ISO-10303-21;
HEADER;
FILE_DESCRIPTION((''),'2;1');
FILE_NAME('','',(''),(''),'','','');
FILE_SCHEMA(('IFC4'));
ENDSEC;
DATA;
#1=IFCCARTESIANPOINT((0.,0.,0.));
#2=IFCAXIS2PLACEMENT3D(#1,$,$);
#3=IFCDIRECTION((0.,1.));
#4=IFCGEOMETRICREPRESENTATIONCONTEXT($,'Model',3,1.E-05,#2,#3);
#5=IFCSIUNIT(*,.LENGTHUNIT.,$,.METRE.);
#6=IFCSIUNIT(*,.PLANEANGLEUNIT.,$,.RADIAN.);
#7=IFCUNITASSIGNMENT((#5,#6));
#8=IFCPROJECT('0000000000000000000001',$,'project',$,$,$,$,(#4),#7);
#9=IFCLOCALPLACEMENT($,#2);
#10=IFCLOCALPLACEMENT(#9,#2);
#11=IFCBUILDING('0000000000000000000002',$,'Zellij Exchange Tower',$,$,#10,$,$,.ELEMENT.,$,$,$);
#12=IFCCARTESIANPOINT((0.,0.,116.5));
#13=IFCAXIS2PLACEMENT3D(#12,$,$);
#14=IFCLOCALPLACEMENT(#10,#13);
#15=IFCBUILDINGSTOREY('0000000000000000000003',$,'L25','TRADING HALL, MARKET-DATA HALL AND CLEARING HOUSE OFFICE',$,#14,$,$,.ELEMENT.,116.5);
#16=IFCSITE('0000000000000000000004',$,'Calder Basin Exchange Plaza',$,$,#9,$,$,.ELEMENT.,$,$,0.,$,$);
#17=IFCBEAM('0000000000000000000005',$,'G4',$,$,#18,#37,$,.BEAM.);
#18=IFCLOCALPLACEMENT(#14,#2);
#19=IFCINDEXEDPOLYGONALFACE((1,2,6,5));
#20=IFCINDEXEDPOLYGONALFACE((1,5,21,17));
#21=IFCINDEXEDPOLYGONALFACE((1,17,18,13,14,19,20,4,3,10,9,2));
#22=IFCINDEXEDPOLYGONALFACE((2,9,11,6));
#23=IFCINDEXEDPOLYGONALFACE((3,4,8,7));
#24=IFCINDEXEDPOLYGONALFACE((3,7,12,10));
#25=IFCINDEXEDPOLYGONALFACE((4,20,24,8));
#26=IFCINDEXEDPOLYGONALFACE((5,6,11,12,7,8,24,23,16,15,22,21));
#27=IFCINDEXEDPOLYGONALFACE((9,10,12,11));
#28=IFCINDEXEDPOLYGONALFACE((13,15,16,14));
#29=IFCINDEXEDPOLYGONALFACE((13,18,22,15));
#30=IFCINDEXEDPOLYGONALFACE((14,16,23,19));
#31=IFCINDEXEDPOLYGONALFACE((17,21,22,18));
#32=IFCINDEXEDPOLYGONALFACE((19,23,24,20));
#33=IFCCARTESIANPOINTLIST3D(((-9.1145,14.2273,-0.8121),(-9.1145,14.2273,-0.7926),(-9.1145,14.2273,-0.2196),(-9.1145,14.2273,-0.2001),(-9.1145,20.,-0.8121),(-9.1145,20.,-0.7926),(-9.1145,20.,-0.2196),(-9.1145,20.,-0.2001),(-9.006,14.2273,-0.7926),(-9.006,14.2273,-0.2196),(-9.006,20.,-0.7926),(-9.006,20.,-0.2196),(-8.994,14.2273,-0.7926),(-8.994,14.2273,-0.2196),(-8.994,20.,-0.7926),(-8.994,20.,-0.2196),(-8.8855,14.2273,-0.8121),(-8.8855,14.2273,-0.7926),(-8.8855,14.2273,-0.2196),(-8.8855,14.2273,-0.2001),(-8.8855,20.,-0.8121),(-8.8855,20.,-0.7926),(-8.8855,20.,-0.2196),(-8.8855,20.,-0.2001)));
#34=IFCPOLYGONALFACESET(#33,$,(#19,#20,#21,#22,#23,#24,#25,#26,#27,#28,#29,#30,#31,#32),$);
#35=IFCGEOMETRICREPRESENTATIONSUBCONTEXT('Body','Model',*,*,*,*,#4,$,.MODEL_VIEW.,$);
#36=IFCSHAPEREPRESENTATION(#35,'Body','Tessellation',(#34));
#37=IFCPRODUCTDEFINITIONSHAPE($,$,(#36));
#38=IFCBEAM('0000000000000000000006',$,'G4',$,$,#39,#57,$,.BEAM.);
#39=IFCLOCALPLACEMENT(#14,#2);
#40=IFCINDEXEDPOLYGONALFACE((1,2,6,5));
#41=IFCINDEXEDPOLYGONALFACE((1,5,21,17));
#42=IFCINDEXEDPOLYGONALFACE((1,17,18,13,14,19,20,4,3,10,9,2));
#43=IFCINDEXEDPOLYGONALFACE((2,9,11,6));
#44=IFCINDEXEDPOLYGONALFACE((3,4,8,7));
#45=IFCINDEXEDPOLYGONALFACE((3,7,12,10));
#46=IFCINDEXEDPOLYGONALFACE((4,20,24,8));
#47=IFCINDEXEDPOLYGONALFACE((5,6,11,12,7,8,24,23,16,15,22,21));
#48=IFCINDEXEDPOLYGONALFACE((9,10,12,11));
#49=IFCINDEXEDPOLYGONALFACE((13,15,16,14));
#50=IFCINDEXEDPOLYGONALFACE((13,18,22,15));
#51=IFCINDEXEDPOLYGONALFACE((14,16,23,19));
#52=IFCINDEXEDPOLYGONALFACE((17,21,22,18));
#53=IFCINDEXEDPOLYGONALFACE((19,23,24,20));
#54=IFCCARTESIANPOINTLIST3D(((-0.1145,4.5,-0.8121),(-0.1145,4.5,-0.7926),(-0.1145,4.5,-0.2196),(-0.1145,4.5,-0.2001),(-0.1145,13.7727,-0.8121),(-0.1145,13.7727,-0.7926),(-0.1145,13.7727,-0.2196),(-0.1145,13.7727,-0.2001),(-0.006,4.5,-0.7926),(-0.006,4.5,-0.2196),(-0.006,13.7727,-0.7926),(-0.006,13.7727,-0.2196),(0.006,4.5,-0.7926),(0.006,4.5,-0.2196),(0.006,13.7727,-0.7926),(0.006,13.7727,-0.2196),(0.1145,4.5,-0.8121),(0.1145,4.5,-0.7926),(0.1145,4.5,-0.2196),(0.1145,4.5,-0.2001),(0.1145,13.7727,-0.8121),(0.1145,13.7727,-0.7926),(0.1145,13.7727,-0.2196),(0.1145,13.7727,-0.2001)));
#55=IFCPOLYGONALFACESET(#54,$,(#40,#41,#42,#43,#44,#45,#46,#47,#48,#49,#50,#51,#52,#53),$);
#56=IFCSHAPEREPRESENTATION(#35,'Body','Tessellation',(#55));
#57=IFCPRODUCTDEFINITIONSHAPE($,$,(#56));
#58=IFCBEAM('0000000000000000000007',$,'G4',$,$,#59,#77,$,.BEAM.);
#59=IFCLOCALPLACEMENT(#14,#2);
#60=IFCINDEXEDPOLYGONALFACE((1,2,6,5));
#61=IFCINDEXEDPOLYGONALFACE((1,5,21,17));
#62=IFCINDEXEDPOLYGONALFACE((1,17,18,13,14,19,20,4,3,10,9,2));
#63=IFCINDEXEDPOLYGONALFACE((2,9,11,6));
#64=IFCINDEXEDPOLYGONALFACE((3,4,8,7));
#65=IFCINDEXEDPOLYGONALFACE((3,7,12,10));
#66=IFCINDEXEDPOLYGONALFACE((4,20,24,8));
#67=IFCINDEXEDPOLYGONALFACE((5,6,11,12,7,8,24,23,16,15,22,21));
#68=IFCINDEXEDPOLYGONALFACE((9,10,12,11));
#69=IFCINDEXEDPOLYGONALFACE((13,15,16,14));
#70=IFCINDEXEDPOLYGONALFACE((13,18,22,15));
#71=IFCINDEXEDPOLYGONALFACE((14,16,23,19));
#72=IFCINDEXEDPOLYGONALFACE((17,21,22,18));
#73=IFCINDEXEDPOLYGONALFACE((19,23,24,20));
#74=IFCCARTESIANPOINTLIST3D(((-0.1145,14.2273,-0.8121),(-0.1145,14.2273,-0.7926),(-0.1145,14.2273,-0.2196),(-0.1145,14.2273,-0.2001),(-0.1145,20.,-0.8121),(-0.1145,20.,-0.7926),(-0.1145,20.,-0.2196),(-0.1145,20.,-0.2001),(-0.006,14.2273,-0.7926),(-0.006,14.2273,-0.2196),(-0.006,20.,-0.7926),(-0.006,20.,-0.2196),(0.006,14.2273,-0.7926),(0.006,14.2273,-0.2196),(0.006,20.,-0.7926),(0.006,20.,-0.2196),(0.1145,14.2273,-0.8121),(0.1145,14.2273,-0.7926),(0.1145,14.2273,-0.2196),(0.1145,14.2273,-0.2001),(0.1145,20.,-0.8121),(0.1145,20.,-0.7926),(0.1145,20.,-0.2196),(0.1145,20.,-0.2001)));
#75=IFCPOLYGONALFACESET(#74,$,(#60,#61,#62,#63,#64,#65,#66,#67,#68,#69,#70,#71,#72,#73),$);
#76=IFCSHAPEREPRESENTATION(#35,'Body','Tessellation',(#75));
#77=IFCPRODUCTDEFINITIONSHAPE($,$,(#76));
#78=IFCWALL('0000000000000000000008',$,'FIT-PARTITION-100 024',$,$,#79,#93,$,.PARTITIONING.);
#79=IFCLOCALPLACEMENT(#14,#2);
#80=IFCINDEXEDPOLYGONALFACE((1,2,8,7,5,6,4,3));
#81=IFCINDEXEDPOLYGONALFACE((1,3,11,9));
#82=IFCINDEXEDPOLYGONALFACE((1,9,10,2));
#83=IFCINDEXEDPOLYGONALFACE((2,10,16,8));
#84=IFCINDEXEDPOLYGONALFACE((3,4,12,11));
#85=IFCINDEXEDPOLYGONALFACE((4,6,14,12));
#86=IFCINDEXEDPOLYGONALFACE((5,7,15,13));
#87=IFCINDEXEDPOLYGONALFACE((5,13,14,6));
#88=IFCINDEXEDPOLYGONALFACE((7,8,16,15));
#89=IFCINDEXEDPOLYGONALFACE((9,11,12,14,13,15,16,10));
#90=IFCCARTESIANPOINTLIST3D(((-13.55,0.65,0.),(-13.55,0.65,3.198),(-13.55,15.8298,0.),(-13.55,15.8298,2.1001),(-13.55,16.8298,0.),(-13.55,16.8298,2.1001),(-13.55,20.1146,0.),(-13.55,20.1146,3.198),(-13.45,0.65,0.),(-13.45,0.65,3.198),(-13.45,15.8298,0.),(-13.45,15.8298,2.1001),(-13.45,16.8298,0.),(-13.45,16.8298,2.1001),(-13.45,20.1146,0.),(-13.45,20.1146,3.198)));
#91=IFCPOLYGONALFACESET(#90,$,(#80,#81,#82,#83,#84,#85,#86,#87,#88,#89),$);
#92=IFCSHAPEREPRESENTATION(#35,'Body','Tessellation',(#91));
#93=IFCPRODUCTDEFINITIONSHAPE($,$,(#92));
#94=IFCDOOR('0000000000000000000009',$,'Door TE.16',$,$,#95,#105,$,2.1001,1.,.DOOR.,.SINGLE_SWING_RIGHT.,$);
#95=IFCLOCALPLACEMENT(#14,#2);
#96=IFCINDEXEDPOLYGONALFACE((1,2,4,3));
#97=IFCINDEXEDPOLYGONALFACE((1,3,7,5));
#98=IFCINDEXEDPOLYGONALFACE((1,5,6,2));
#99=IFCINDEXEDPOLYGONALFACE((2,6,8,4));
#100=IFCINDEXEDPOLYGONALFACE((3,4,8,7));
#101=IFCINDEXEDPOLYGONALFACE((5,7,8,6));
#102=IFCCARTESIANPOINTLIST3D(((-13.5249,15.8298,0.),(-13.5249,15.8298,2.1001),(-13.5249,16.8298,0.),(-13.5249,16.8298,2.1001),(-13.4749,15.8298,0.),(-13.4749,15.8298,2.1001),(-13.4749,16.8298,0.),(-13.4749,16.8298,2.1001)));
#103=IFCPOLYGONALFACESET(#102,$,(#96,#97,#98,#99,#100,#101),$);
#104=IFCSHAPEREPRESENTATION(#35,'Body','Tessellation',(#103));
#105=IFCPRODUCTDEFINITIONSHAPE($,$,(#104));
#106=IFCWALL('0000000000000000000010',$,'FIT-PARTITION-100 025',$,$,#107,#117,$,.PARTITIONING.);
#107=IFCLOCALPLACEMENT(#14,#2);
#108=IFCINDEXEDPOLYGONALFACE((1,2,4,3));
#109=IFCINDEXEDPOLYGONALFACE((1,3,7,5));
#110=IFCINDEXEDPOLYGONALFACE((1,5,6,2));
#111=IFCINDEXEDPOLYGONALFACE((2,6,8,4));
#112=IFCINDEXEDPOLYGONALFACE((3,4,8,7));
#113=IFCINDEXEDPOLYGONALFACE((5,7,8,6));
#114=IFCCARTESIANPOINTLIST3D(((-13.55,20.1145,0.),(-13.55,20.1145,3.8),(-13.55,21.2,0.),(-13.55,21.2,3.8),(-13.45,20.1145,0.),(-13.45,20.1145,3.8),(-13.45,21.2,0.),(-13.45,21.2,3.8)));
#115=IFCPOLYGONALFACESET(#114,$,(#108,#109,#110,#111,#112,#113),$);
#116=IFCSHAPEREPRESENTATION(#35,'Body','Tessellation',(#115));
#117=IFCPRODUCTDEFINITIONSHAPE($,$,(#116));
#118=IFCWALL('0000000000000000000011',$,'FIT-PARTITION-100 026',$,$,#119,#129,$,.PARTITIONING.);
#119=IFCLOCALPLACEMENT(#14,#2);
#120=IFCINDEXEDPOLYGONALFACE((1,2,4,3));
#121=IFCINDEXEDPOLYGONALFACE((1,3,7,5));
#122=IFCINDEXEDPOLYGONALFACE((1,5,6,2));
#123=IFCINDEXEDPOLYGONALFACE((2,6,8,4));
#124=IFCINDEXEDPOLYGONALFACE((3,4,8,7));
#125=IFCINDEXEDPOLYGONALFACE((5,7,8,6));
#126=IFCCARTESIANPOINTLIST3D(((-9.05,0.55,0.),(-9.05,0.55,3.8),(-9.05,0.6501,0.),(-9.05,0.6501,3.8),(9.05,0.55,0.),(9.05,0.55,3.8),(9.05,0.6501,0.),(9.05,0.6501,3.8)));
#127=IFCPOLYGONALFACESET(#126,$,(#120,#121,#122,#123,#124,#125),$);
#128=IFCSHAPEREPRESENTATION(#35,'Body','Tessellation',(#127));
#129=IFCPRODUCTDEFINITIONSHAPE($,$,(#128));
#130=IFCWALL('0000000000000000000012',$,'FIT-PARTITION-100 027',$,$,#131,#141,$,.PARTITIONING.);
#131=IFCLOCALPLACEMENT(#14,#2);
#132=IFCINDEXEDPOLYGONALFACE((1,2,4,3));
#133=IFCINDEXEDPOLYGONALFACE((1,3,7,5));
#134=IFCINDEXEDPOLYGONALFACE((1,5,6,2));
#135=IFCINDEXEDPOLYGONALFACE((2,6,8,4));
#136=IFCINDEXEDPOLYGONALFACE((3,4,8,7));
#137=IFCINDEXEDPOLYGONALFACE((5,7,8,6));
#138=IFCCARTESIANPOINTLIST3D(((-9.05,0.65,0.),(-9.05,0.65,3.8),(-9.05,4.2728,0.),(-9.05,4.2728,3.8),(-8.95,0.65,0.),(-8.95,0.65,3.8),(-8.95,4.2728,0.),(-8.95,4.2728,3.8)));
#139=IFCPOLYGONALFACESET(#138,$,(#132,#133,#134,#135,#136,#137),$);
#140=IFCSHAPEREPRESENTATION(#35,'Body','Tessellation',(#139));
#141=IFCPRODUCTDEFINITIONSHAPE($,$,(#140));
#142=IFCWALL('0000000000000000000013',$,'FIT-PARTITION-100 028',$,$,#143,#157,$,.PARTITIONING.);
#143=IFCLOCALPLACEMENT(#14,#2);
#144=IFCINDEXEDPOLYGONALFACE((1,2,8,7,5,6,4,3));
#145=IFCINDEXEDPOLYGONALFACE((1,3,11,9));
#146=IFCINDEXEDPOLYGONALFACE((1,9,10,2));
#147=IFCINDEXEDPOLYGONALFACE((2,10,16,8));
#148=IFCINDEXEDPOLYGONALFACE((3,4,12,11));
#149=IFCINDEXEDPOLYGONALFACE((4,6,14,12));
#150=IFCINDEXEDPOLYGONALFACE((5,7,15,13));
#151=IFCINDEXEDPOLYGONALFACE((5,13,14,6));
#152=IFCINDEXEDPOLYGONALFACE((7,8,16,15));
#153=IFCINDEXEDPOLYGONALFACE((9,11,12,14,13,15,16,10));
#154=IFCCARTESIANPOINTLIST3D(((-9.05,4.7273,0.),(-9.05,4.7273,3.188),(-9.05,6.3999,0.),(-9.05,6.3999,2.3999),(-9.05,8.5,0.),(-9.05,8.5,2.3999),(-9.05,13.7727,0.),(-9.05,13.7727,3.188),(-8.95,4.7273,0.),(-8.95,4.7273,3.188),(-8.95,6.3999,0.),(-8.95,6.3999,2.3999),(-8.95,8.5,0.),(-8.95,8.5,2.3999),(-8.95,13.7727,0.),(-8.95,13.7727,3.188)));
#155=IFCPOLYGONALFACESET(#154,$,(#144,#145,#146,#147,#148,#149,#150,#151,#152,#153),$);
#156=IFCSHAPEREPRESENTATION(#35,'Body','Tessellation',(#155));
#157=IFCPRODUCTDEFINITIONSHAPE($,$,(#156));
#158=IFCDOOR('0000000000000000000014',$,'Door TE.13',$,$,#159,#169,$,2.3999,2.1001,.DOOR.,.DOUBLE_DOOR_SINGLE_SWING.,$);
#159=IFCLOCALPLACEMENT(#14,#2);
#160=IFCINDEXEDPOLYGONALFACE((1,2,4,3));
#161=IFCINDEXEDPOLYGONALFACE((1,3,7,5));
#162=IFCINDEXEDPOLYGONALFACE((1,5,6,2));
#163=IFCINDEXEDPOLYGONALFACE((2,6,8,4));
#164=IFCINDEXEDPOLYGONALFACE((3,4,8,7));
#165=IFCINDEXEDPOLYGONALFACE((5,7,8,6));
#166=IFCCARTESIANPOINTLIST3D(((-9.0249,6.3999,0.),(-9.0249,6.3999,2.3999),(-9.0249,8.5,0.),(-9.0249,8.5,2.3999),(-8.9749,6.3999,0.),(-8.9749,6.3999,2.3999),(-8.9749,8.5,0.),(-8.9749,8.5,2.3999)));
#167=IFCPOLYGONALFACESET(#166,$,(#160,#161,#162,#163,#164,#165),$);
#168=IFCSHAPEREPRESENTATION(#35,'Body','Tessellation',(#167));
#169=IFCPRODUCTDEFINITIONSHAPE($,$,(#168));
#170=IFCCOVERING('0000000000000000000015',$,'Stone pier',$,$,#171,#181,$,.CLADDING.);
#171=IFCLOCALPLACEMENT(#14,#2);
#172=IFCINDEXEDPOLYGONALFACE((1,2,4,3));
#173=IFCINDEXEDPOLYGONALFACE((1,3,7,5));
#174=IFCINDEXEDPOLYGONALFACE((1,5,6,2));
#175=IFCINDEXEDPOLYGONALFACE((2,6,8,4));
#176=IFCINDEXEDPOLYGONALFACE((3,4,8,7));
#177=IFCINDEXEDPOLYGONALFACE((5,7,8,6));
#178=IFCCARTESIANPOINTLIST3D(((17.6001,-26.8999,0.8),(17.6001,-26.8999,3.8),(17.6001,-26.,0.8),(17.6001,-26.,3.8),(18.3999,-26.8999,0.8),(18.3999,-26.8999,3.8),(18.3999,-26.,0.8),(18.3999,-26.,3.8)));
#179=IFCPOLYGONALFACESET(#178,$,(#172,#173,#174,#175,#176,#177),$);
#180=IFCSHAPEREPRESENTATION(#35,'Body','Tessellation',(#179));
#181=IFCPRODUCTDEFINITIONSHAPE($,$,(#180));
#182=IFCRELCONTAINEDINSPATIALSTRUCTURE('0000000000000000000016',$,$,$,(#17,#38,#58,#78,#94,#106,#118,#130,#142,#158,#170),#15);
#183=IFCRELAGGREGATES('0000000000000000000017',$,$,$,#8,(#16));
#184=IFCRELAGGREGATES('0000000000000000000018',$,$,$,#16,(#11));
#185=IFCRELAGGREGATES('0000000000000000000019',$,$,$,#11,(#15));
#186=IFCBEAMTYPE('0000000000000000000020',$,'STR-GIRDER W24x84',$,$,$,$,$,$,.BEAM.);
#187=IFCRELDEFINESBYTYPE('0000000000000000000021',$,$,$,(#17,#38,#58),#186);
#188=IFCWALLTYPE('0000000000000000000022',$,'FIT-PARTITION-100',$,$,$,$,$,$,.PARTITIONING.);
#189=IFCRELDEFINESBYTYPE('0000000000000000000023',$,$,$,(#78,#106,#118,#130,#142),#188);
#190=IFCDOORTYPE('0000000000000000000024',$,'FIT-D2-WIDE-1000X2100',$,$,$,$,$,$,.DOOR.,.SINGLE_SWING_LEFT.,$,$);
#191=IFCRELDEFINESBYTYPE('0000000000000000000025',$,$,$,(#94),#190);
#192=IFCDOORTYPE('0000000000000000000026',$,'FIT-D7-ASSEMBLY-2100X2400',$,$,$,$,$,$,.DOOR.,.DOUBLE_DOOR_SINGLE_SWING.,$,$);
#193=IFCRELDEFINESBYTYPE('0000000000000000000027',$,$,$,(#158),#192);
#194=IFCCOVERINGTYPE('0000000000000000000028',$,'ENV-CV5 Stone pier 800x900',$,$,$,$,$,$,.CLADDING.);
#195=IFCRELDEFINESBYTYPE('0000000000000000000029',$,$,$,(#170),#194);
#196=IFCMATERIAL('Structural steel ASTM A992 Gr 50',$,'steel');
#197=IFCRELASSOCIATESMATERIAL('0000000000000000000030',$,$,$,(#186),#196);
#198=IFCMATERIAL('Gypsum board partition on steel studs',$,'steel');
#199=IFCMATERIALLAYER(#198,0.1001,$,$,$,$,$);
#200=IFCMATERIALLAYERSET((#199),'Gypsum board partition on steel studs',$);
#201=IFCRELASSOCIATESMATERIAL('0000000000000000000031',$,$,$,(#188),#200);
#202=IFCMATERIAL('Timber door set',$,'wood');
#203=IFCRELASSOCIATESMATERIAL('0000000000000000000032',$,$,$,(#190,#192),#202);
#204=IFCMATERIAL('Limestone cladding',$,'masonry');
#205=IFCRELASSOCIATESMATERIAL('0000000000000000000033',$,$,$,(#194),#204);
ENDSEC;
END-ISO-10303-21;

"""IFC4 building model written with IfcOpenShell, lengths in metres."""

from ifc_helpers import new_model, si_unit, direction, frame, frame_2d, origin, origin_2d, place, context, subcontext, project, spatial, polyline, rectangle, i_section, outline, extrude, material, layer, layer_set, material_profile, profile_set, type_object, element, fill, save


model = new_model("IFC4")

# Units and contexts
model_context = context("Model", 3, precision=1e-05, world=origin(), true_north=direction((0.0, 1.0)))
body_context = subcontext(model_context, "Body", "Model", "MODEL_VIEW")
ifc_project = project(units=[si_unit("LENGTHUNIT", "METRE"), si_unit("PLANEANGLEUNIT", "RADIAN")], contexts=[model_context])

# Site, building, storey
site_placement = place(None, origin())
site = spatial("IfcSite", under=ifc_project, at=site_placement, Name="Calder Basin Exchange Plaza", CompositionType="ELEMENT", RefElevation=0.0)
building_placement = place(site_placement, origin())
building = spatial("IfcBuilding", under=site, at=building_placement, Name="Zellij Exchange Tower", CompositionType="ELEMENT")
storey_placement = place(building_placement, frame((0.0, 0.0, 116.5)))
storey = spatial("IfcBuildingStorey", under=building, at=storey_placement, Name="L25", Description="TRADING HALL, MARKET-DATA HALL AND CLEARING HOUSE OFFICE", CompositionType="ELEMENT", Elevation=116.5)

# Beams
ifc_material_1 = material(Name="Structural steel ASTM A992 Gr 50", Category="steel")
ifc_material_profile_1 = material_profile(ifc_material_1, i_section(OverallWidth=0.229, OverallDepth=0.6121, WebThickness=0.012, FlangeThickness=0.0195, at=origin_2d()), Name="W24x84")
ifc_profile_set_1 = profile_set([ifc_material_profile_1], Name="Structural steel ASTM A992 Gr 50")
beam_type = type_object("IfcBeamType", Name="STR-GIRDER W24x84", PredefinedType="BEAM", material=ifc_profile_set_1)
beam_1_placement = place(storey_placement, frame((-9.0, 14.2273, -0.5061), z_axis=(0.0, 1.0, 0.0), x_axis=(-1.0, 0.0, 0.0)))
element("IfcBeam", 1, at=beam_1_placement, inside=storey, type_object=beam_type, Name="G4", PredefinedType="BEAM", context=body_context, shape_type="SweptSolid", body=[
    extrude(i_section(OverallWidth=0.229, OverallDepth=0.6121, WebThickness=0.012, FlangeThickness=0.0195, at=origin_2d()), origin(), (0.0, 0.0, 1.0), 5.7727),
])
beam_2_placement = place(storey_placement, frame((0.0, 4.5, -0.5061), z_axis=(0.0, 1.0, 0.0), x_axis=(-1.0, 0.0, 0.0)))
element("IfcBeam", 2, at=beam_2_placement, inside=storey, type_object=beam_type, Name="G4", PredefinedType="BEAM", context=body_context, shape_type="SweptSolid", body=[
    extrude(i_section(OverallWidth=0.229, OverallDepth=0.6121, WebThickness=0.012, FlangeThickness=0.0195, at=origin_2d()), origin(), (0.0, 0.0, 1.0), 9.2727),
])
beam_3_placement = place(storey_placement, frame((0.0, 14.2273, -0.5061), z_axis=(0.0, 1.0, 0.0), x_axis=(-1.0, 0.0, 0.0)))
element("IfcBeam", 3, at=beam_3_placement, inside=storey, type_object=beam_type, Name="G4", PredefinedType="BEAM", context=body_context, shape_type="SweptSolid", body=[
    extrude(i_section(OverallWidth=0.229, OverallDepth=0.6121, WebThickness=0.012, FlangeThickness=0.0195, at=origin_2d()), origin(), (0.0, 0.0, 1.0), 5.7727),
])

# Wall, opening, door
ifc_material_2 = material(Name="Gypsum board partition on steel studs", Category="steel")
ifc_layer = layer(ifc_material_2, 0.1001)
ifc_layer_set = layer_set([ifc_layer], Name="Gypsum board partition on steel studs")
wall_type = type_object("IfcWallType", Name="FIT-PARTITION-100", PredefinedType="PARTITIONING", material=ifc_layer_set)
wall_1_placement = place(storey_placement, frame((-13.5, 0.6499, 0.0), z_axis=(0.0, 0.0, 1.0), x_axis=(0.0, 1.0, 0.0)))
wall_1 = element("IfcWall", 4, at=wall_1_placement, inside=storey, type_object=wall_type, Name="FIT-PARTITION-100 024", PredefinedType="PARTITIONING", context=body_context, shape_type="SweptSolid", body=[
    extrude(rectangle(XDim=19.4646, YDim=0.1001, at=frame_2d((9.7324, 0.0))), origin(), (0.0, 0.0, 1.0), 3.198),
])
opening_1_placement = place(wall_1_placement, frame((15.1799, 0.0, 0.0)))
opening_1 = element("IfcOpeningElement", 5, at=opening_1_placement, cuts=wall_1, PredefinedType="OPENING", context=body_context, shape_type="SweptSolid", body=[
    extrude(rectangle(XDim=1.0, YDim=2.1001, at=frame_2d((0.5, 1.05))), frame((0.0, 0.062, 0.0), z_axis=(0.0, -1.0, 0.0), x_axis=(1.0, 0.0, 0.0)), (0.0, 0.0, 1.0), 0.124),
])
ifc_material_3 = material(Name="Timber door set", Category="wood")
door_type_1 = type_object("IfcDoorType", Name="FIT-D2-WIDE-1000X2100", OperationType="SINGLE_SWING_LEFT", PredefinedType="DOOR", material=ifc_material_3)
door_1_placement = place(opening_1_placement, origin())
door_1 = element("IfcDoor", 6, at=door_1_placement, inside=storey, type_object=door_type_1, Name="Door TE.16", OperationType="SINGLE_SWING_RIGHT", OverallHeight=2.1001, OverallWidth=1.0, PredefinedType="DOOR", context=body_context, shape_type="SweptSolid", body=[
    extrude(rectangle(XDim=1.0, YDim=2.1001, at=frame_2d((0.5, 1.05))), frame((0.0, 0.0249, 0.0), z_axis=(0.0, -1.0, 0.0), x_axis=(1.0, 0.0, 0.0)), (0.0, 0.0, 1.0), 0.05),
])
fill(opening_1, door_1)

# Walls
wall_2_placement = place(storey_placement, frame((-13.5, 20.1145, 0.0), z_axis=(0.0, 0.0, 1.0), x_axis=(0.0, 1.0, 0.0)))
element("IfcWall", 7, at=wall_2_placement, inside=storey, type_object=wall_type, Name="FIT-PARTITION-100 025", PredefinedType="PARTITIONING", context=body_context, shape_type="SweptSolid", body=[
    extrude(rectangle(XDim=1.0854, YDim=0.1001, at=frame_2d((0.5427, 0.0))), origin(), (0.0, 0.0, 1.0), 3.8),
])
wall_3_placement = place(storey_placement, frame((-9.05, 0.6001, 0.0), z_axis=(0.0, 0.0, 1.0), x_axis=(1.0, 0.0, 0.0)))
element("IfcWall", 8, at=wall_3_placement, inside=storey, type_object=wall_type, Name="FIT-PARTITION-100 026", PredefinedType="PARTITIONING", context=body_context, shape_type="SweptSolid", body=[
    extrude(rectangle(XDim=18.1001, YDim=0.1001, at=frame_2d((9.05, 0.0))), origin(), (0.0, 0.0, 1.0), 3.8),
])
wall_4_placement = place(storey_placement, frame((-9.0, 0.6499, 0.0), z_axis=(0.0, 0.0, 1.0), x_axis=(0.0, 1.0, 0.0)))
element("IfcWall", 9, at=wall_4_placement, inside=storey, type_object=wall_type, Name="FIT-PARTITION-100 027", PredefinedType="PARTITIONING", context=body_context, shape_type="SweptSolid", body=[
    extrude(rectangle(XDim=3.6228, YDim=0.1001, at=frame_2d((1.8115, 0.0))), origin(), (0.0, 0.0, 1.0), 3.8),
])

# Wall, opening, door
wall_5_placement = place(storey_placement, frame((-9.0, 4.7273, 0.0), z_axis=(0.0, 0.0, 1.0), x_axis=(0.0, 1.0, 0.0)))
wall_5 = element("IfcWall", 10, at=wall_5_placement, inside=storey, type_object=wall_type, Name="FIT-PARTITION-100 028", PredefinedType="PARTITIONING", context=body_context, shape_type="SweptSolid", body=[
    extrude(rectangle(XDim=9.0454, YDim=0.1001, at=frame_2d((4.5227, 0.0))), origin(), (0.0, 0.0, 1.0), 3.188),
])
opening_2_placement = place(wall_5_placement, frame((1.6726, 0.0, 0.0)))
opening_2 = element("IfcOpeningElement", 11, at=opening_2_placement, cuts=wall_5, PredefinedType="OPENING", context=body_context, shape_type="SweptSolid", body=[
    extrude(rectangle(XDim=2.1001, YDim=2.3999, at=frame_2d((1.05, 1.2))), frame((0.0, 0.062, 0.0), z_axis=(0.0, -1.0, 0.0), x_axis=(1.0, 0.0, 0.0)), (0.0, 0.0, 1.0), 0.124),
])
door_type_2 = type_object("IfcDoorType", Name="FIT-D7-ASSEMBLY-2100X2400", OperationType="DOUBLE_DOOR_SINGLE_SWING", PredefinedType="DOOR", material=ifc_material_3)
door_2_placement = place(opening_2_placement, origin())
door_2 = element("IfcDoor", 12, at=door_2_placement, inside=storey, type_object=door_type_2, Name="Door TE.13", OperationType="DOUBLE_DOOR_SINGLE_SWING", OverallHeight=2.3999, OverallWidth=2.1001, PredefinedType="DOOR", context=body_context, shape_type="SweptSolid", body=[
    extrude(rectangle(XDim=2.1001, YDim=2.3999, at=frame_2d((1.05, 1.2))), frame((0.0, 0.0249, 0.0), z_axis=(0.0, -1.0, 0.0), x_axis=(1.0, 0.0, 0.0)), (0.0, 0.0, 1.0), 0.05),
])
fill(opening_2, door_2)

# Covering
ifc_material_4 = material(Name="Limestone cladding", Category="masonry")
covering_type_1 = type_object("IfcCoveringType", Name="ENV-CV5 Stone pier 800x900", PredefinedType="CLADDING", material=ifc_material_4)
covering_1_placement = place(storey_placement, frame((0.0, 0.0, 0.8)))
element("IfcCovering", 13, at=covering_1_placement, inside=storey, type_object=covering_type_1, Name="Stone pier", PredefinedType="CLADDING", context=body_context, shape_type="SweptSolid", body=[
    extrude(outline(polyline([(17.6001, -26.0), (18.3999, -26.0), (18.3999, -26.8999), (17.6001, -26.8999), (17.6001, -26.0)])), origin(), (0.0, 0.0, 1.0), 3.0),
])

save(model, "model.ifc")
